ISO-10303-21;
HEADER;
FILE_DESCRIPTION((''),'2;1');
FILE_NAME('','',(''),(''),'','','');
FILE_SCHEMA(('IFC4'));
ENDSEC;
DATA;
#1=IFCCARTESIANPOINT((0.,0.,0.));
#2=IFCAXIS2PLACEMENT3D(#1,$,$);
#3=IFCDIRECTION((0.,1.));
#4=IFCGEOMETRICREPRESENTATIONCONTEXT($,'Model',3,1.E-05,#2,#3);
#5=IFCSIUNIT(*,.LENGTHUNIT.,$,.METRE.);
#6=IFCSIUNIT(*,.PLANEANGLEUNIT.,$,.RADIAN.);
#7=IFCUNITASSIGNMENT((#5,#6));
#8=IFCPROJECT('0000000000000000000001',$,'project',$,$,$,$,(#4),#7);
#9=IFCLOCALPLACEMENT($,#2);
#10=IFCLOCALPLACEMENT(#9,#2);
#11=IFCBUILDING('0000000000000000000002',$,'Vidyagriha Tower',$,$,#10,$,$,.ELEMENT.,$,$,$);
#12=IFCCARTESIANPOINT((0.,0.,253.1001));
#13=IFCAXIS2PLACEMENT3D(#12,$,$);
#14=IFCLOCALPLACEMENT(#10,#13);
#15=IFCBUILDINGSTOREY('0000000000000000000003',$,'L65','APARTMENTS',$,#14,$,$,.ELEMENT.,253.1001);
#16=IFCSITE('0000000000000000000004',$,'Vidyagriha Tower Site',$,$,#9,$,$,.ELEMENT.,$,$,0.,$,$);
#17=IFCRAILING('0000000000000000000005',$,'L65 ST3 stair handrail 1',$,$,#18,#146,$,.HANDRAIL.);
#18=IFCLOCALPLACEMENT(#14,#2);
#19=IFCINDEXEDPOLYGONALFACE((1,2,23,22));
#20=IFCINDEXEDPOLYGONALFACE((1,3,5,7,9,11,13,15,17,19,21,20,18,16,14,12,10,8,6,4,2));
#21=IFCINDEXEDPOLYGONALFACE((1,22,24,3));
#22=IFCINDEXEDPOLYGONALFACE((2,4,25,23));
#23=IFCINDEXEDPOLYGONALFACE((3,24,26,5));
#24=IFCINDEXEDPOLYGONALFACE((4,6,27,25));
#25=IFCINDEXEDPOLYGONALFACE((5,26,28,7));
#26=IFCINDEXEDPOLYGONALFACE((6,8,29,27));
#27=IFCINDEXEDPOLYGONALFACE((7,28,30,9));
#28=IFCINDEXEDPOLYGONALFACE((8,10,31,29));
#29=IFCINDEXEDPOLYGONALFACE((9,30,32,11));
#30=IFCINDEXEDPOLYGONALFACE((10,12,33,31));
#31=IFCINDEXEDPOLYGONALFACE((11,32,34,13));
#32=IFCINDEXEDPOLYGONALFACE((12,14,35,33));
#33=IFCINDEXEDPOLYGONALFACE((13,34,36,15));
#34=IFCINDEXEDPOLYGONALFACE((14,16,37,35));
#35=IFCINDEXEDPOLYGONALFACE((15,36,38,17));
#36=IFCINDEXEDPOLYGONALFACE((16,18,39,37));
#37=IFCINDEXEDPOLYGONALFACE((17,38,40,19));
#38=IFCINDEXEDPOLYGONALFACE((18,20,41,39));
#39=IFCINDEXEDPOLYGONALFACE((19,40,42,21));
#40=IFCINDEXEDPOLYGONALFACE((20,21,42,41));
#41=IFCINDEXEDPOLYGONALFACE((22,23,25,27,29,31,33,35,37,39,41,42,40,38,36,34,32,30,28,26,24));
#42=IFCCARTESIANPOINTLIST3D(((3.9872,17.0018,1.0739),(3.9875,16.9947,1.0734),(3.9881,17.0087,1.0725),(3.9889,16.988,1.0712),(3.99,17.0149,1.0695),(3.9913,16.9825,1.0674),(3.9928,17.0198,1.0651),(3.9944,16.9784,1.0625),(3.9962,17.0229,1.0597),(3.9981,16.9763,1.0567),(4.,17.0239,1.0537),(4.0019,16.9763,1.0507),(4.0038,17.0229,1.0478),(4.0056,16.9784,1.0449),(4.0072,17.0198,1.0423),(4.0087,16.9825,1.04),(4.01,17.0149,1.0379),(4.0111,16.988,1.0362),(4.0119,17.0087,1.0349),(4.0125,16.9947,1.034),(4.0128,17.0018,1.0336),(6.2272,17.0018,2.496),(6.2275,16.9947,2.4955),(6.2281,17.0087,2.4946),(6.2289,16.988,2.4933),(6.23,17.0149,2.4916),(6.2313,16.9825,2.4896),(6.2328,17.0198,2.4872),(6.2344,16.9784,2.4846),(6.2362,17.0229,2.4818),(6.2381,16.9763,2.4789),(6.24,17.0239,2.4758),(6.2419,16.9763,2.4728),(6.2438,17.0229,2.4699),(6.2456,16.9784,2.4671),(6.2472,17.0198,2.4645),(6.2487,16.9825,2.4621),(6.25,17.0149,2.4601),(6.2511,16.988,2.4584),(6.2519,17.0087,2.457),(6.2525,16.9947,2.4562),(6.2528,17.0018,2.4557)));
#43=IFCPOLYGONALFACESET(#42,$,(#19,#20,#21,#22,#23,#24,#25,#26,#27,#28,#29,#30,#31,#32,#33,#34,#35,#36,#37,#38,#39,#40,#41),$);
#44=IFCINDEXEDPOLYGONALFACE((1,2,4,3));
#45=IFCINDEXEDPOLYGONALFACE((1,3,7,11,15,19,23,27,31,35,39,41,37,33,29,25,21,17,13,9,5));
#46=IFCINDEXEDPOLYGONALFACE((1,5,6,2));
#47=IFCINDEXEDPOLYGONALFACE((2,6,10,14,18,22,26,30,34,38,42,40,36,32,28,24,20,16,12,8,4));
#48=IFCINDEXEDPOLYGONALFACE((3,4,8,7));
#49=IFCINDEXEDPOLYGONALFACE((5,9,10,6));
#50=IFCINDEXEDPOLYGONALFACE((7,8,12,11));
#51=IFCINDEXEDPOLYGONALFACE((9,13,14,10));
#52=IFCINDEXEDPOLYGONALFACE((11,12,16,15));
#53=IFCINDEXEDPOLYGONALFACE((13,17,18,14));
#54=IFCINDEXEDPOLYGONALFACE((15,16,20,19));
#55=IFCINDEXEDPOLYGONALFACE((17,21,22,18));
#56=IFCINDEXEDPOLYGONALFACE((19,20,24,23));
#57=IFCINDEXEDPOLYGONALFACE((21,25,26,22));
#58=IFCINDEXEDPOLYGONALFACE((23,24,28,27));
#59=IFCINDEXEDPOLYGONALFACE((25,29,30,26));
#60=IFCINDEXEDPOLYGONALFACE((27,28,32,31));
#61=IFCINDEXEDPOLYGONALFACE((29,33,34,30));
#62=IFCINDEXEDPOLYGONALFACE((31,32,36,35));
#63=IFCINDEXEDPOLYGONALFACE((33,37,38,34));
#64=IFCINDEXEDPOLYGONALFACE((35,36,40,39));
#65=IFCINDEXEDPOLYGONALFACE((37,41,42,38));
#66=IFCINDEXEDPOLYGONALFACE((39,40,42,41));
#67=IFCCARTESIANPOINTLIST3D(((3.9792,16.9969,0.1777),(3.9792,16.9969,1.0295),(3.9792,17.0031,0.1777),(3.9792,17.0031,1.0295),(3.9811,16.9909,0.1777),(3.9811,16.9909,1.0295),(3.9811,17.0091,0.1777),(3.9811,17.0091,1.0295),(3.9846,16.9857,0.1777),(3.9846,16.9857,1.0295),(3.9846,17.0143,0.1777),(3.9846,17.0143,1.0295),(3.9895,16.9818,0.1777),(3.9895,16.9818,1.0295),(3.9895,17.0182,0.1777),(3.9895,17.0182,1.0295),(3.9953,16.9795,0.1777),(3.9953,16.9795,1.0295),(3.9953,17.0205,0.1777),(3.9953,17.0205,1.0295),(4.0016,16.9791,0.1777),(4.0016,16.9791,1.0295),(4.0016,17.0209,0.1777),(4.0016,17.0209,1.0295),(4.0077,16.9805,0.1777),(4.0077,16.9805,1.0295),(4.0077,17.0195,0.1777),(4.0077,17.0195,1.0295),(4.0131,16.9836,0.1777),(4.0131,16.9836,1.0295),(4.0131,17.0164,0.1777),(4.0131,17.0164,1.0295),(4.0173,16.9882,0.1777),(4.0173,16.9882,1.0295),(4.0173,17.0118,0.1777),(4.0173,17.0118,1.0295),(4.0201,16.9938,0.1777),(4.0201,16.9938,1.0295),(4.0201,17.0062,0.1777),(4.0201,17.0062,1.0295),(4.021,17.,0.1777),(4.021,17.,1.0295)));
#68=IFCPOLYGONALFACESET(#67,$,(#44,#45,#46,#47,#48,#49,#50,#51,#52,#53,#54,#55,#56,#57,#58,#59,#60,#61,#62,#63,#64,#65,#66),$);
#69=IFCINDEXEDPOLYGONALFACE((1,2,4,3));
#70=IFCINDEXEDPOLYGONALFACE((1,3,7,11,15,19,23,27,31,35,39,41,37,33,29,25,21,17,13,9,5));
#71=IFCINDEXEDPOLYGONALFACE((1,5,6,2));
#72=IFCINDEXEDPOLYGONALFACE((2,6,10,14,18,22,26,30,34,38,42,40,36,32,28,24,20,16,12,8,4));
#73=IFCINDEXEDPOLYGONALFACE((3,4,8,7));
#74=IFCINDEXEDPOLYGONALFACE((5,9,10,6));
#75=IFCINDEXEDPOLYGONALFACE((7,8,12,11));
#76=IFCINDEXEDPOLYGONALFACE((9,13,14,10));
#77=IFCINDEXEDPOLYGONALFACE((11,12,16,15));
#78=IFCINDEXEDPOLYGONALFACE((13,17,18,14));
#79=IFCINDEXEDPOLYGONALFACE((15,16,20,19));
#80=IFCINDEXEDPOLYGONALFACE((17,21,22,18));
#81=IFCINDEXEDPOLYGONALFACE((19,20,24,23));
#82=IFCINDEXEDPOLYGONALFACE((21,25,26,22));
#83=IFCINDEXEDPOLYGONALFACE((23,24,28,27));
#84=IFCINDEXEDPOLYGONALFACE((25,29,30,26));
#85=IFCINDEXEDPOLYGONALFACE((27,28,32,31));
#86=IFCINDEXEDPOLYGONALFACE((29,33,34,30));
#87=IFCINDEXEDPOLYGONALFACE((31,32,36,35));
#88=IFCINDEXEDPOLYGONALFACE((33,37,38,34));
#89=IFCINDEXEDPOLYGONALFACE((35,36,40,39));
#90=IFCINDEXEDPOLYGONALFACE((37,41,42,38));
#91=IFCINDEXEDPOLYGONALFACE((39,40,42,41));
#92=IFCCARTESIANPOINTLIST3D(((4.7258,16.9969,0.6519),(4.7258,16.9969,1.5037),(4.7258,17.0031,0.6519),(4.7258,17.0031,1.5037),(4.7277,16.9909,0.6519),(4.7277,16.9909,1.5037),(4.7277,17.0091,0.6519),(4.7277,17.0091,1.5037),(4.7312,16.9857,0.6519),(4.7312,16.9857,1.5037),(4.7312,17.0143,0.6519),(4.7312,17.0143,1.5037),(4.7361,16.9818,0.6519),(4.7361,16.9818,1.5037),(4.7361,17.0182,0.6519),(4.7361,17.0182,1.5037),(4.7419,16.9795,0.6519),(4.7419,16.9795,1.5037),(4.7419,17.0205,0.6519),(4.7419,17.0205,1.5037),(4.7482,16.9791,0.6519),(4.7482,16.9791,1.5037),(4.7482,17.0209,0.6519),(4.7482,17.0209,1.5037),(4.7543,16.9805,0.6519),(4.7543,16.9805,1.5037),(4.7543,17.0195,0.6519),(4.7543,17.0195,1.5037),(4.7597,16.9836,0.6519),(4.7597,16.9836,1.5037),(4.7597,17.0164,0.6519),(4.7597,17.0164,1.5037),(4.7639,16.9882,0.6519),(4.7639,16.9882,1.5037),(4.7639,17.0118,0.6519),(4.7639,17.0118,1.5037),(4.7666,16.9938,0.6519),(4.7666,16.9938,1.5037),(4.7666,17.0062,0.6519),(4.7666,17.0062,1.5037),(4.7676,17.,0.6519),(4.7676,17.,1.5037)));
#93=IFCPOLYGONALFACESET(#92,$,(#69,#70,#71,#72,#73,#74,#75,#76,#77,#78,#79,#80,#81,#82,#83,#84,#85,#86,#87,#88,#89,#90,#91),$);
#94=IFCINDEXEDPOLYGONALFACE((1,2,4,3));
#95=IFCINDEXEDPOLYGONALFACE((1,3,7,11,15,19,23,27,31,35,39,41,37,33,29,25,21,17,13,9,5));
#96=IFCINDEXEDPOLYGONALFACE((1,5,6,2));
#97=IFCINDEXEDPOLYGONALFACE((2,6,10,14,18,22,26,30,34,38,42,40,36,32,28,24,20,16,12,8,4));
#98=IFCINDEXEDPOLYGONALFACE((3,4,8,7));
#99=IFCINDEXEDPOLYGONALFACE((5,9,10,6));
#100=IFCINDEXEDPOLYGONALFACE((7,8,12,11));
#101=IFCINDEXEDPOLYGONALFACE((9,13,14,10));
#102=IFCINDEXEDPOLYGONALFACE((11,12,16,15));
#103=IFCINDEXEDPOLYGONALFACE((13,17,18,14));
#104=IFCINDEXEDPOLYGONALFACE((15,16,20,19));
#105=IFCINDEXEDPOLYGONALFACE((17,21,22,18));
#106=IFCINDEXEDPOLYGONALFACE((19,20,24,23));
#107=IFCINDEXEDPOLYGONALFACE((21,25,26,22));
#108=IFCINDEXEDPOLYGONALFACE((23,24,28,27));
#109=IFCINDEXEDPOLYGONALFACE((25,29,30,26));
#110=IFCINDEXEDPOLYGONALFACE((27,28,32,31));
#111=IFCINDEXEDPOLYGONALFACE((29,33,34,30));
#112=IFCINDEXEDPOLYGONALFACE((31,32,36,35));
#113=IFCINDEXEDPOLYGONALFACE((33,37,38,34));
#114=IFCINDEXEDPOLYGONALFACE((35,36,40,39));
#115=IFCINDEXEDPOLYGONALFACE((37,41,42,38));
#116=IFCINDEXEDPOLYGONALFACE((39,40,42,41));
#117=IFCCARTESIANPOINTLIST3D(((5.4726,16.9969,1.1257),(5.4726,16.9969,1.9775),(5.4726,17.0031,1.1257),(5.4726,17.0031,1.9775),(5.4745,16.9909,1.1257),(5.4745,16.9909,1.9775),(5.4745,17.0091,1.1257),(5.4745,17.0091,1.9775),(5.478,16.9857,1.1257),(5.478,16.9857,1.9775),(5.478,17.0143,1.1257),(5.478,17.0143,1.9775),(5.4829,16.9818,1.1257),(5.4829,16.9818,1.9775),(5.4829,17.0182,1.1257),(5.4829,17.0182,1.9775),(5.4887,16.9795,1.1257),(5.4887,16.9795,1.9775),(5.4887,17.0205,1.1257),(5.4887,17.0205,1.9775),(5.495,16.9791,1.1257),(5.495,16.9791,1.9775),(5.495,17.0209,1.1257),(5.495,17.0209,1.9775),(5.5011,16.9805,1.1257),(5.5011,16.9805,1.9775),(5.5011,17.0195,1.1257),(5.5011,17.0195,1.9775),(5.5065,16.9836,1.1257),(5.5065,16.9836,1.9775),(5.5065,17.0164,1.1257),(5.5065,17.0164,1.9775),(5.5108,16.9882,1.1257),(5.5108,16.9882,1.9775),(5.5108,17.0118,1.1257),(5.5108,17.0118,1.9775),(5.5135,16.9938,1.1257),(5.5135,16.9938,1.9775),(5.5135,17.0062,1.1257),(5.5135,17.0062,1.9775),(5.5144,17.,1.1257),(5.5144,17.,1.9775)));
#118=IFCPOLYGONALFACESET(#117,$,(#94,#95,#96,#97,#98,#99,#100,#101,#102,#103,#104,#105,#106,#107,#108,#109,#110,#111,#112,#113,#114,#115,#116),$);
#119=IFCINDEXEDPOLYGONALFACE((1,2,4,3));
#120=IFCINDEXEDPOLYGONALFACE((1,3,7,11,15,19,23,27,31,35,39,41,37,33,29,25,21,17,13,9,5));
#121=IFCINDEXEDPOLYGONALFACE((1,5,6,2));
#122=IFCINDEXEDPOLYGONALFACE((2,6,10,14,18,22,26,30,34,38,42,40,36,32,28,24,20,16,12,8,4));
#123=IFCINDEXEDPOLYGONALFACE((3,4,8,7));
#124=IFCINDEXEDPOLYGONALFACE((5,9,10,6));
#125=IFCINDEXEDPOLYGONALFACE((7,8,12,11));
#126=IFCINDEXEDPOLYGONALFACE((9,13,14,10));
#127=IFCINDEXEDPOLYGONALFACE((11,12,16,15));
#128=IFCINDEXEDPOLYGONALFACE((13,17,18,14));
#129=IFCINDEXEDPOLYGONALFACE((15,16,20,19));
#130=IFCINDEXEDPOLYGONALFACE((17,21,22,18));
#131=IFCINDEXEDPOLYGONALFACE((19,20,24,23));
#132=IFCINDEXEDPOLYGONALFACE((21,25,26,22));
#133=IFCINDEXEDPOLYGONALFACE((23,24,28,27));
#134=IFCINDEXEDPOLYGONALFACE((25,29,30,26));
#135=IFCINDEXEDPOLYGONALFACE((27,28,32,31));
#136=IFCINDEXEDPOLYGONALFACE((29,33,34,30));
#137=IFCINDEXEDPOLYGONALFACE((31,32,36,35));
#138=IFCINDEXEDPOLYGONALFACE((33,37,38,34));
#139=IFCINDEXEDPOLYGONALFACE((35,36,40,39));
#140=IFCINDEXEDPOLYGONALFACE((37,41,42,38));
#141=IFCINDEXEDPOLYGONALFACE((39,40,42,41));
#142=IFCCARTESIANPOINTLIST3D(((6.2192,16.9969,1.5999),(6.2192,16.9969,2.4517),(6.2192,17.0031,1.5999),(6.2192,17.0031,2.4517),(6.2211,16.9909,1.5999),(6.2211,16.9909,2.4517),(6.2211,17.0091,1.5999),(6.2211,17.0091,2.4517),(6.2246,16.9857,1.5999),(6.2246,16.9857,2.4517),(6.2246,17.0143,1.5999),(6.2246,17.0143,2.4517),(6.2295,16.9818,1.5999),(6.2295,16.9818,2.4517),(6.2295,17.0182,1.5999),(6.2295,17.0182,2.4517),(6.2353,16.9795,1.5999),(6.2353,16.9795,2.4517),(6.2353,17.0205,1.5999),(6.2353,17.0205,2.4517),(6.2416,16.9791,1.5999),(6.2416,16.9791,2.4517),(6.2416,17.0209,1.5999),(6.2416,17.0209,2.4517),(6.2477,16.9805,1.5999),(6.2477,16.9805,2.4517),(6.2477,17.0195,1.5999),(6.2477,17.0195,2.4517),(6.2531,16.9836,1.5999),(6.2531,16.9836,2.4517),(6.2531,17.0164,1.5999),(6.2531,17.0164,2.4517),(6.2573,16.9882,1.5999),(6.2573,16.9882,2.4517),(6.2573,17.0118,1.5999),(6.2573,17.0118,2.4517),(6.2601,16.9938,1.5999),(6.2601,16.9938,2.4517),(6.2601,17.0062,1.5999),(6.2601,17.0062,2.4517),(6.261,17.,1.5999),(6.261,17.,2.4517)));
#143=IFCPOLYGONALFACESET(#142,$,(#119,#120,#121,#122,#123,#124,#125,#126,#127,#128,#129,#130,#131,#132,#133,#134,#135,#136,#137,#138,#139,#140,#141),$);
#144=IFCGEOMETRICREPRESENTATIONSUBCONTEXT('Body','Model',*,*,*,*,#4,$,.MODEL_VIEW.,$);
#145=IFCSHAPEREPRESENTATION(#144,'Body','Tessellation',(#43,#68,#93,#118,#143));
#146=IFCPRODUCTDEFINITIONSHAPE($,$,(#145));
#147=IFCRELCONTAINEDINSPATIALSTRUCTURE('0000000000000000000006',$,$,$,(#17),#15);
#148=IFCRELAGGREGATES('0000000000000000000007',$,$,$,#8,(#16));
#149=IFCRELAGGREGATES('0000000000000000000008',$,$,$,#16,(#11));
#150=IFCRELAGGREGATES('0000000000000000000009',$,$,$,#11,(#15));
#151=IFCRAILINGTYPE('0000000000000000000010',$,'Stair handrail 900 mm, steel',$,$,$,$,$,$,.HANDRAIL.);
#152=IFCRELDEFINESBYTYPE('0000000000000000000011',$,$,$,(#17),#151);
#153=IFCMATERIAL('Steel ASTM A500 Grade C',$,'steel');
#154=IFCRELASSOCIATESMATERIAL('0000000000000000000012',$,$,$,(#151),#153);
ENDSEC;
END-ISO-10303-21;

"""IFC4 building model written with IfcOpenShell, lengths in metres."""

from ifc_helpers import new_model, si_unit, direction, frame, origin, origin_2d, place, context, subcontext, project, spatial, circle, extrude, material, type_object, element, save


model = new_model("IFC4")

# Units and contexts
model_context = context("Model", 3, precision=1e-05, world=origin(), true_north=direction((0.0, 1.0)))
body_context = subcontext(model_context, "Body", "Model", "MODEL_VIEW")
ifc_project = project(units=[si_unit("LENGTHUNIT", "METRE"), si_unit("PLANEANGLEUNIT", "RADIAN")], contexts=[model_context])

# Site, building, storey
site_placement = place(None, origin())
site = spatial("IfcSite", under=ifc_project, at=site_placement, Name="Vidyagriha Tower Site", CompositionType="ELEMENT", RefElevation=0.0)
building_placement = place(site_placement, origin())
building = spatial("IfcBuilding", under=site, at=building_placement, Name="Vidyagriha Tower", CompositionType="ELEMENT")
storey_placement = place(building_placement, frame((0.0, 0.0, 253.1001)))
storey = spatial("IfcBuildingStorey", under=building, at=storey_placement, Name="L65", Description="APARTMENTS", CompositionType="ELEMENT", Elevation=253.1001)

# Railing
ifc_material_1 = material(Name="Steel ASTM A500 Grade C", Category="steel")
railing_type = type_object("IfcRailingType", Name="Stair handrail 900 mm, steel", PredefinedType="HANDRAIL", material=ifc_material_1)
railing_placement = place(storey_placement, frame((4.0, 17.0, 0.1777)))
element("IfcRailing", 1, at=railing_placement, inside=storey, type_object=railing_type, Name="L65 ST3 stair handrail 1", PredefinedType="HANDRAIL", context=body_context, shape_type="SweptSolid", body=[
    extrude(circle(Radius=0.0239, at=origin_2d()), frame((0.0, 0.0, 0.876), z_axis=(0.844229, 0.0, 0.535982), x_axis=(0.0, 1.0, 0.0)), (0.0, 0.0, 1.0), 2.6533),
    extrude(circle(Radius=0.021, at=origin_2d()), origin(), (0.0, 0.0, 1.0), 0.8518),
    extrude(circle(Radius=0.021, at=origin_2d()), frame((0.7466, 0.0, 0.4741)), (0.0, 0.0, 1.0), 0.8518),
    extrude(circle(Radius=0.021, at=origin_2d()), frame((1.4934, 0.0, 0.948)), (0.0, 0.0, 1.0), 0.8518),
    extrude(circle(Radius=0.021, at=origin_2d()), frame((2.24, 0.0, 1.4221)), (0.0, 0.0, 1.0), 0.8518),
])

save(model, "model.ifc")
